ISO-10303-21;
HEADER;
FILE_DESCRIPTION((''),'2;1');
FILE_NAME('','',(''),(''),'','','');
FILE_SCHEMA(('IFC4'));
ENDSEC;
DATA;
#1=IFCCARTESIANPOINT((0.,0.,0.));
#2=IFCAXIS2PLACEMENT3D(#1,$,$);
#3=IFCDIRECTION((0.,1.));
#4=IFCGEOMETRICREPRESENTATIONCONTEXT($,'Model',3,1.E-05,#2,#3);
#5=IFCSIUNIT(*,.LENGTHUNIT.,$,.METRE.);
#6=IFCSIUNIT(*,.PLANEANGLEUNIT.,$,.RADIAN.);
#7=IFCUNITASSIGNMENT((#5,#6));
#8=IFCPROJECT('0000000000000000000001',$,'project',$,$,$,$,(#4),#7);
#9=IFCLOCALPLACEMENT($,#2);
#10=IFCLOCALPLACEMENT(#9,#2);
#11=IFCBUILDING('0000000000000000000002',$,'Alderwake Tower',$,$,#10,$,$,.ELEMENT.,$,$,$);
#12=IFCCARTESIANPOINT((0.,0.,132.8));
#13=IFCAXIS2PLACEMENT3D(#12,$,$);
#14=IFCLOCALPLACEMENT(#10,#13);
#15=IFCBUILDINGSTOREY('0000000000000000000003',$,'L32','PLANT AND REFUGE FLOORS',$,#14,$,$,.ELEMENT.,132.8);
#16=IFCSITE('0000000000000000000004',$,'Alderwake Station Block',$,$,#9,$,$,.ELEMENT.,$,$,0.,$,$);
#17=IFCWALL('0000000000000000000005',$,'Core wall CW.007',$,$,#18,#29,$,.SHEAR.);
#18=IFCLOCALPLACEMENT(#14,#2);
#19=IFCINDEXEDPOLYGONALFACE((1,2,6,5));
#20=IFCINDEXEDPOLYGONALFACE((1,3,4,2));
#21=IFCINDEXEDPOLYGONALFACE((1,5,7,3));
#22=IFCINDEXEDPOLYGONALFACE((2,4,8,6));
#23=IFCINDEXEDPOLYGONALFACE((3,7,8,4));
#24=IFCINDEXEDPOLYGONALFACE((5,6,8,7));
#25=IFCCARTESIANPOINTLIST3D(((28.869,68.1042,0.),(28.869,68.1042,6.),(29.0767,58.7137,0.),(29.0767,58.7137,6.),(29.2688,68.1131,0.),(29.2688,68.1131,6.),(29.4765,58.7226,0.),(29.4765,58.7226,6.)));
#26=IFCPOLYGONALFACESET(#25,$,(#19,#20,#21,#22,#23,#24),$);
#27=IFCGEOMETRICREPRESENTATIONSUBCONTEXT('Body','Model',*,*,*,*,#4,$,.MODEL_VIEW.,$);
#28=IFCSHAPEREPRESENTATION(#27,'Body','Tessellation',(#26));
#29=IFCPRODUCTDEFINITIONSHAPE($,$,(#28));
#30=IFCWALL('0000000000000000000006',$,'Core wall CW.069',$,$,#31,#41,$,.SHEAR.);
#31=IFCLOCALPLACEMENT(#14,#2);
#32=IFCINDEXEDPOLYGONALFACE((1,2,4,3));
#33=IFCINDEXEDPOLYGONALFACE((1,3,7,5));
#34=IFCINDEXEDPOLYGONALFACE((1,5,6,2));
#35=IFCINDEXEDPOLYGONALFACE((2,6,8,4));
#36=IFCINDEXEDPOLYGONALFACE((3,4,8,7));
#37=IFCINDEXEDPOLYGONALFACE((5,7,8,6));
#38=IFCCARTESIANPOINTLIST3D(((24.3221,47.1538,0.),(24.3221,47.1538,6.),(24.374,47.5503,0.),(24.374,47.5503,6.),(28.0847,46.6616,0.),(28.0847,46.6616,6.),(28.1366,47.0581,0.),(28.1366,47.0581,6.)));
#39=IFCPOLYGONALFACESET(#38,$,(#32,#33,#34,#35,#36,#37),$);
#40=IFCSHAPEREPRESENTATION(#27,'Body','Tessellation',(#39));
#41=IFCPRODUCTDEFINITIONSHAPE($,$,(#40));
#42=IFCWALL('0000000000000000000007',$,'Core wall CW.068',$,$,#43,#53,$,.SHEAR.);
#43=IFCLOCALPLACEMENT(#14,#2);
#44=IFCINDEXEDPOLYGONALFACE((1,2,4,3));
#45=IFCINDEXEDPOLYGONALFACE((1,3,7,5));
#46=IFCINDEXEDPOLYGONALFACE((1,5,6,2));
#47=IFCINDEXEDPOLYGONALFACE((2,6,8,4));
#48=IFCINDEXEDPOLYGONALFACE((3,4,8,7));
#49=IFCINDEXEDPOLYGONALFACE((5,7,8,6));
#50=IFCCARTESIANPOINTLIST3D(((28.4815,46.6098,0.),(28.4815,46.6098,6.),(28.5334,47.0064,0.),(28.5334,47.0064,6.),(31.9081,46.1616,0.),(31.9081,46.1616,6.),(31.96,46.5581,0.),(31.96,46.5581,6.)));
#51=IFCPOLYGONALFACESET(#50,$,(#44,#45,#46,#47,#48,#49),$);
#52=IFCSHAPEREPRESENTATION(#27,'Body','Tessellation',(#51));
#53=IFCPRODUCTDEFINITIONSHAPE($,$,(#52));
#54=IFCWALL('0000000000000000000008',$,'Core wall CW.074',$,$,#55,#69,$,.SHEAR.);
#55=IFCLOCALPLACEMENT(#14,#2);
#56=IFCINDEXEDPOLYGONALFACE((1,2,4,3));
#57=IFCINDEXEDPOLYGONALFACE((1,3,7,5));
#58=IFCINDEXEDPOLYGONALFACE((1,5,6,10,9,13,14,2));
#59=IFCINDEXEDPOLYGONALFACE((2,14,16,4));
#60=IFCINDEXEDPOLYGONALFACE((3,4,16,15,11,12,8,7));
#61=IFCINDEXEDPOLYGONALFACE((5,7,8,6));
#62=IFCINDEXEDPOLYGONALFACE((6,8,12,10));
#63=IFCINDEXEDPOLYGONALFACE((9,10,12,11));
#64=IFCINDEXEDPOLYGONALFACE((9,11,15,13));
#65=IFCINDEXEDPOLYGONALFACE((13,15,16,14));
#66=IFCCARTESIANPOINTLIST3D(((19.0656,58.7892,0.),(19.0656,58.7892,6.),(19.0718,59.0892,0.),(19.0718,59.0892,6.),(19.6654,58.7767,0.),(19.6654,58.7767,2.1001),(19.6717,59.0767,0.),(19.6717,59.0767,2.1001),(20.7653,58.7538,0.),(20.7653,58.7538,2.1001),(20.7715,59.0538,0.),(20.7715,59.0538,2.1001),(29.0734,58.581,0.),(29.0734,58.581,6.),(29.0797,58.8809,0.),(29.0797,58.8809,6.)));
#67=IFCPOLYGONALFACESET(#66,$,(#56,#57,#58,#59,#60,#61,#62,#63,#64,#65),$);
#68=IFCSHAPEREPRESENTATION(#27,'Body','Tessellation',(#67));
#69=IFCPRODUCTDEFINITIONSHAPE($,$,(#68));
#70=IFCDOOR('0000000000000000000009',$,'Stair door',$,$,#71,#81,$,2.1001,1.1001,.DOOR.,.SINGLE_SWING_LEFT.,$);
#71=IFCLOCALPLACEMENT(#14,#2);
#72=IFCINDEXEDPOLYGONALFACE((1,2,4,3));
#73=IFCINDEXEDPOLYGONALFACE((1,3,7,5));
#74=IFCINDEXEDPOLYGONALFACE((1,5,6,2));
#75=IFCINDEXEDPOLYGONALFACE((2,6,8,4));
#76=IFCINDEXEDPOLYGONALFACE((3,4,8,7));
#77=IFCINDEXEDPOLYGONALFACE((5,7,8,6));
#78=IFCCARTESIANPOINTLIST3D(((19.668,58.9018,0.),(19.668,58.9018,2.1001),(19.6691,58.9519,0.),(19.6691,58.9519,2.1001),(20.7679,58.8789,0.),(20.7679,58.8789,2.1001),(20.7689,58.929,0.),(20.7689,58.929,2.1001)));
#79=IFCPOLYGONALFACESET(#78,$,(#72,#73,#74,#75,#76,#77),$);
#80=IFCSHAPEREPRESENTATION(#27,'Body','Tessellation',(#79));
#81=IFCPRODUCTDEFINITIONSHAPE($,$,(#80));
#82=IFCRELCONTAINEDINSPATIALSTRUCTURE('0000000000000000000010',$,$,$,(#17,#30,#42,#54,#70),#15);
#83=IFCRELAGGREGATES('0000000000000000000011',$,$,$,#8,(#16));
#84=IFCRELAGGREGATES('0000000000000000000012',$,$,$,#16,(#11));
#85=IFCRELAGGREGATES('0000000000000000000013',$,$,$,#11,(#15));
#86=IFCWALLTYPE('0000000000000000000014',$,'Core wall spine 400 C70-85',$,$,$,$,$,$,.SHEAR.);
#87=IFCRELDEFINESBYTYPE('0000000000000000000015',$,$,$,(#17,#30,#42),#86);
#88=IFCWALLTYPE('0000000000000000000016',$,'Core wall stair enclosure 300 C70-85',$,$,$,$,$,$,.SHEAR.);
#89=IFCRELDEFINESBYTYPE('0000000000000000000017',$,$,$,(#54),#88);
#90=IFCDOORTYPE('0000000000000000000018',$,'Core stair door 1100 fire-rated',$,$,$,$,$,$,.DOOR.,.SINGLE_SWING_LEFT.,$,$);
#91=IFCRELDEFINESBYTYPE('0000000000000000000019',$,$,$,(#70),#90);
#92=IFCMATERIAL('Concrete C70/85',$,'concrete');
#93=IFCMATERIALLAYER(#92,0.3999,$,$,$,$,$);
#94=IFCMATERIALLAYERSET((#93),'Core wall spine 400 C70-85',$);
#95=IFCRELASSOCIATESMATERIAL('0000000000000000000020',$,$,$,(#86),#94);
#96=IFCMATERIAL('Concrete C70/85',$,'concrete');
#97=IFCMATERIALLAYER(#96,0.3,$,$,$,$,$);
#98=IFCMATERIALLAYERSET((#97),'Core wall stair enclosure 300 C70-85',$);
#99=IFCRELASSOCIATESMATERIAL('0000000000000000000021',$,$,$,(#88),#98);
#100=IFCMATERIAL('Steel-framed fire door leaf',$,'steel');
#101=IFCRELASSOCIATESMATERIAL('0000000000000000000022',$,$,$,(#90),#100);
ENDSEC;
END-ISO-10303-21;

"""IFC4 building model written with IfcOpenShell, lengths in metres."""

from ifc_helpers import new_model, si_unit, direction, frame, frame_2d, origin, place, context, subcontext, project, spatial, rectangle, extrude, material, layer, layer_set, type_object, element, fill, save


model = new_model("IFC4")

# Units and contexts
model_context = context("Model", 3, precision=1e-05, world=origin(), true_north=direction((0.0, 1.0)))
body_context = subcontext(model_context, "Body", "Model", "MODEL_VIEW")
ifc_project = project(units=[si_unit("LENGTHUNIT", "METRE"), si_unit("PLANEANGLEUNIT", "RADIAN")], contexts=[model_context])

# Site, building, storey
site_placement = place(None, origin())
site = spatial("IfcSite", under=ifc_project, at=site_placement, Name="Alderwake Station Block", CompositionType="ELEMENT", RefElevation=0.0)
building_placement = place(site_placement, origin())
building = spatial("IfcBuilding", under=site, at=building_placement, Name="Alderwake Tower", CompositionType="ELEMENT")
storey_placement = place(building_placement, frame((0.0, 0.0, 132.8)))
storey = spatial("IfcBuildingStorey", under=building, at=storey_placement, Name="L32", Description="PLANT AND REFUGE FLOORS", CompositionType="ELEMENT", Elevation=132.8)

# Shared definitions
ifc_material_1 = material(Name="Concrete C70/85", Category="concrete")
ifc_layer_1 = layer(ifc_material_1, 0.3999)
ifc_layer_set_1 = layer_set([ifc_layer_1], Name="Core wall spine 400 C70-85")
wall_type_1 = type_object("IfcWallType", Name="Core wall spine 400 C70-85", PredefinedType="SHEAR", material=ifc_layer_set_1)

# Walls
wall_1_placement = place(storey_placement, frame((29.2766, 58.7183, 0.0), z_axis=(0.0, 0.0, 1.0), x_axis=(-0.022119, 0.999755, 0.0)))
element("IfcWall", 1, at=wall_1_placement, inside=storey, type_object=wall_type_1, Name="Core wall CW.007", PredefinedType="SHEAR", context=body_context, shape_type="SweptSolid", body=[
    extrude(rectangle(XDim=9.3928, YDim=0.3999, at=frame_2d((4.6963, 0.0))), origin(), (0.0, 0.0, 1.0), 6.0),
])
wall_2_placement = place(storey_placement, frame((24.3479, 47.3521, 0.0), z_axis=(0.0, 0.0, 1.0), x_axis=(0.991553, -0.129702, 0.0)))
element("IfcWall", 2, at=wall_2_placement, inside=storey, type_object=wall_type_1, Name="Core wall CW.069", PredefinedType="SHEAR", context=body_context, shape_type="SweptSolid", body=[
    extrude(rectangle(XDim=3.7947, YDim=0.3999, at=frame_2d((1.8975, 0.0))), origin(), (0.0, 0.0, 1.0), 6.0),
])
wall_3_placement = place(storey_placement, frame((28.5073, 46.8081, 0.0), z_axis=(0.0, 0.0, 1.0), x_axis=(0.991552, -0.129711, 0.0)))
element("IfcWall", 3, at=wall_3_placement, inside=storey, type_object=wall_type_1, Name="Core wall CW.068", PredefinedType="SHEAR", context=body_context, shape_type="SweptSolid", body=[
    extrude(rectangle(XDim=3.4558, YDim=0.3999, at=frame_2d((1.728, 0.0))), origin(), (0.0, 0.0, 1.0), 6.0),
])

# Wall, opening, door
ifc_material_2 = material(Name="Concrete C70/85", Category="concrete")
ifc_layer_2 = layer(ifc_material_2, 0.3)
ifc_layer_set_2 = layer_set([ifc_layer_2], Name="Core wall stair enclosure 300 C70-85")
wall_type_2 = type_object("IfcWallType", Name="Core wall stair enclosure 300 C70-85", PredefinedType="SHEAR", material=ifc_layer_set_2)
wall_4_placement = place(storey_placement, frame((29.0764, 58.731, 0.0), z_axis=(0.0, 0.0, 1.0), x_axis=(-0.999784, 0.020804, 0.0)))
wall_4 = element("IfcWall", 4, at=wall_4_placement, inside=storey, type_object=wall_type_2, Name="Core wall CW.074", PredefinedType="SHEAR", context=body_context, shape_type="SweptSolid", body=[
    extrude(rectangle(XDim=10.01, YDim=0.3, at=frame_2d((5.0049, 0.0))), origin(), (0.0, 0.0, 1.0), 6.0),
])
opening_1_placement = place(wall_4_placement, frame((8.3098, 0.0, 0.0)))
opening_1 = element("IfcOpeningElement", 5, at=opening_1_placement, cuts=wall_4, PredefinedType="OPENING", context=body_context, shape_type="SweptSolid", body=[
    extrude(rectangle(XDim=1.1001, YDim=2.1001, at=frame_2d((0.55, 1.05))), frame((0.0, 0.1599, 0.0), z_axis=(0.0, -1.0, 0.0), x_axis=(1.0, 0.0, 0.0)), (0.0, 0.0, 1.0), 0.3201),
])
ifc_material_3 = material(Name="Steel-framed fire door leaf", Category="steel")
door_type_1 = type_object("IfcDoorType", Name="Core stair door 1100 fire-rated", OperationType="SINGLE_SWING_LEFT", PredefinedType="DOOR", material=ifc_material_3)
door_1_placement = place(opening_1_placement, origin())
door_1 = element("IfcDoor", 6, at=door_1_placement, inside=storey, type_object=door_type_1, Name="Stair door", OperationType="SINGLE_SWING_LEFT", OverallHeight=2.1001, OverallWidth=1.1001, PredefinedType="DOOR", context=body_context, shape_type="SweptSolid", body=[
    extrude(rectangle(XDim=1.1001, YDim=2.1001, at=frame_2d((0.55, 1.05))), frame((0.0, 0.0249, 0.0), z_axis=(0.0, -1.0, 0.0), x_axis=(1.0, 0.0, 0.0)), (0.0, 0.0, 1.0), 0.05),
])
fill(opening_1, door_1)

save(model, "model.ifc")
